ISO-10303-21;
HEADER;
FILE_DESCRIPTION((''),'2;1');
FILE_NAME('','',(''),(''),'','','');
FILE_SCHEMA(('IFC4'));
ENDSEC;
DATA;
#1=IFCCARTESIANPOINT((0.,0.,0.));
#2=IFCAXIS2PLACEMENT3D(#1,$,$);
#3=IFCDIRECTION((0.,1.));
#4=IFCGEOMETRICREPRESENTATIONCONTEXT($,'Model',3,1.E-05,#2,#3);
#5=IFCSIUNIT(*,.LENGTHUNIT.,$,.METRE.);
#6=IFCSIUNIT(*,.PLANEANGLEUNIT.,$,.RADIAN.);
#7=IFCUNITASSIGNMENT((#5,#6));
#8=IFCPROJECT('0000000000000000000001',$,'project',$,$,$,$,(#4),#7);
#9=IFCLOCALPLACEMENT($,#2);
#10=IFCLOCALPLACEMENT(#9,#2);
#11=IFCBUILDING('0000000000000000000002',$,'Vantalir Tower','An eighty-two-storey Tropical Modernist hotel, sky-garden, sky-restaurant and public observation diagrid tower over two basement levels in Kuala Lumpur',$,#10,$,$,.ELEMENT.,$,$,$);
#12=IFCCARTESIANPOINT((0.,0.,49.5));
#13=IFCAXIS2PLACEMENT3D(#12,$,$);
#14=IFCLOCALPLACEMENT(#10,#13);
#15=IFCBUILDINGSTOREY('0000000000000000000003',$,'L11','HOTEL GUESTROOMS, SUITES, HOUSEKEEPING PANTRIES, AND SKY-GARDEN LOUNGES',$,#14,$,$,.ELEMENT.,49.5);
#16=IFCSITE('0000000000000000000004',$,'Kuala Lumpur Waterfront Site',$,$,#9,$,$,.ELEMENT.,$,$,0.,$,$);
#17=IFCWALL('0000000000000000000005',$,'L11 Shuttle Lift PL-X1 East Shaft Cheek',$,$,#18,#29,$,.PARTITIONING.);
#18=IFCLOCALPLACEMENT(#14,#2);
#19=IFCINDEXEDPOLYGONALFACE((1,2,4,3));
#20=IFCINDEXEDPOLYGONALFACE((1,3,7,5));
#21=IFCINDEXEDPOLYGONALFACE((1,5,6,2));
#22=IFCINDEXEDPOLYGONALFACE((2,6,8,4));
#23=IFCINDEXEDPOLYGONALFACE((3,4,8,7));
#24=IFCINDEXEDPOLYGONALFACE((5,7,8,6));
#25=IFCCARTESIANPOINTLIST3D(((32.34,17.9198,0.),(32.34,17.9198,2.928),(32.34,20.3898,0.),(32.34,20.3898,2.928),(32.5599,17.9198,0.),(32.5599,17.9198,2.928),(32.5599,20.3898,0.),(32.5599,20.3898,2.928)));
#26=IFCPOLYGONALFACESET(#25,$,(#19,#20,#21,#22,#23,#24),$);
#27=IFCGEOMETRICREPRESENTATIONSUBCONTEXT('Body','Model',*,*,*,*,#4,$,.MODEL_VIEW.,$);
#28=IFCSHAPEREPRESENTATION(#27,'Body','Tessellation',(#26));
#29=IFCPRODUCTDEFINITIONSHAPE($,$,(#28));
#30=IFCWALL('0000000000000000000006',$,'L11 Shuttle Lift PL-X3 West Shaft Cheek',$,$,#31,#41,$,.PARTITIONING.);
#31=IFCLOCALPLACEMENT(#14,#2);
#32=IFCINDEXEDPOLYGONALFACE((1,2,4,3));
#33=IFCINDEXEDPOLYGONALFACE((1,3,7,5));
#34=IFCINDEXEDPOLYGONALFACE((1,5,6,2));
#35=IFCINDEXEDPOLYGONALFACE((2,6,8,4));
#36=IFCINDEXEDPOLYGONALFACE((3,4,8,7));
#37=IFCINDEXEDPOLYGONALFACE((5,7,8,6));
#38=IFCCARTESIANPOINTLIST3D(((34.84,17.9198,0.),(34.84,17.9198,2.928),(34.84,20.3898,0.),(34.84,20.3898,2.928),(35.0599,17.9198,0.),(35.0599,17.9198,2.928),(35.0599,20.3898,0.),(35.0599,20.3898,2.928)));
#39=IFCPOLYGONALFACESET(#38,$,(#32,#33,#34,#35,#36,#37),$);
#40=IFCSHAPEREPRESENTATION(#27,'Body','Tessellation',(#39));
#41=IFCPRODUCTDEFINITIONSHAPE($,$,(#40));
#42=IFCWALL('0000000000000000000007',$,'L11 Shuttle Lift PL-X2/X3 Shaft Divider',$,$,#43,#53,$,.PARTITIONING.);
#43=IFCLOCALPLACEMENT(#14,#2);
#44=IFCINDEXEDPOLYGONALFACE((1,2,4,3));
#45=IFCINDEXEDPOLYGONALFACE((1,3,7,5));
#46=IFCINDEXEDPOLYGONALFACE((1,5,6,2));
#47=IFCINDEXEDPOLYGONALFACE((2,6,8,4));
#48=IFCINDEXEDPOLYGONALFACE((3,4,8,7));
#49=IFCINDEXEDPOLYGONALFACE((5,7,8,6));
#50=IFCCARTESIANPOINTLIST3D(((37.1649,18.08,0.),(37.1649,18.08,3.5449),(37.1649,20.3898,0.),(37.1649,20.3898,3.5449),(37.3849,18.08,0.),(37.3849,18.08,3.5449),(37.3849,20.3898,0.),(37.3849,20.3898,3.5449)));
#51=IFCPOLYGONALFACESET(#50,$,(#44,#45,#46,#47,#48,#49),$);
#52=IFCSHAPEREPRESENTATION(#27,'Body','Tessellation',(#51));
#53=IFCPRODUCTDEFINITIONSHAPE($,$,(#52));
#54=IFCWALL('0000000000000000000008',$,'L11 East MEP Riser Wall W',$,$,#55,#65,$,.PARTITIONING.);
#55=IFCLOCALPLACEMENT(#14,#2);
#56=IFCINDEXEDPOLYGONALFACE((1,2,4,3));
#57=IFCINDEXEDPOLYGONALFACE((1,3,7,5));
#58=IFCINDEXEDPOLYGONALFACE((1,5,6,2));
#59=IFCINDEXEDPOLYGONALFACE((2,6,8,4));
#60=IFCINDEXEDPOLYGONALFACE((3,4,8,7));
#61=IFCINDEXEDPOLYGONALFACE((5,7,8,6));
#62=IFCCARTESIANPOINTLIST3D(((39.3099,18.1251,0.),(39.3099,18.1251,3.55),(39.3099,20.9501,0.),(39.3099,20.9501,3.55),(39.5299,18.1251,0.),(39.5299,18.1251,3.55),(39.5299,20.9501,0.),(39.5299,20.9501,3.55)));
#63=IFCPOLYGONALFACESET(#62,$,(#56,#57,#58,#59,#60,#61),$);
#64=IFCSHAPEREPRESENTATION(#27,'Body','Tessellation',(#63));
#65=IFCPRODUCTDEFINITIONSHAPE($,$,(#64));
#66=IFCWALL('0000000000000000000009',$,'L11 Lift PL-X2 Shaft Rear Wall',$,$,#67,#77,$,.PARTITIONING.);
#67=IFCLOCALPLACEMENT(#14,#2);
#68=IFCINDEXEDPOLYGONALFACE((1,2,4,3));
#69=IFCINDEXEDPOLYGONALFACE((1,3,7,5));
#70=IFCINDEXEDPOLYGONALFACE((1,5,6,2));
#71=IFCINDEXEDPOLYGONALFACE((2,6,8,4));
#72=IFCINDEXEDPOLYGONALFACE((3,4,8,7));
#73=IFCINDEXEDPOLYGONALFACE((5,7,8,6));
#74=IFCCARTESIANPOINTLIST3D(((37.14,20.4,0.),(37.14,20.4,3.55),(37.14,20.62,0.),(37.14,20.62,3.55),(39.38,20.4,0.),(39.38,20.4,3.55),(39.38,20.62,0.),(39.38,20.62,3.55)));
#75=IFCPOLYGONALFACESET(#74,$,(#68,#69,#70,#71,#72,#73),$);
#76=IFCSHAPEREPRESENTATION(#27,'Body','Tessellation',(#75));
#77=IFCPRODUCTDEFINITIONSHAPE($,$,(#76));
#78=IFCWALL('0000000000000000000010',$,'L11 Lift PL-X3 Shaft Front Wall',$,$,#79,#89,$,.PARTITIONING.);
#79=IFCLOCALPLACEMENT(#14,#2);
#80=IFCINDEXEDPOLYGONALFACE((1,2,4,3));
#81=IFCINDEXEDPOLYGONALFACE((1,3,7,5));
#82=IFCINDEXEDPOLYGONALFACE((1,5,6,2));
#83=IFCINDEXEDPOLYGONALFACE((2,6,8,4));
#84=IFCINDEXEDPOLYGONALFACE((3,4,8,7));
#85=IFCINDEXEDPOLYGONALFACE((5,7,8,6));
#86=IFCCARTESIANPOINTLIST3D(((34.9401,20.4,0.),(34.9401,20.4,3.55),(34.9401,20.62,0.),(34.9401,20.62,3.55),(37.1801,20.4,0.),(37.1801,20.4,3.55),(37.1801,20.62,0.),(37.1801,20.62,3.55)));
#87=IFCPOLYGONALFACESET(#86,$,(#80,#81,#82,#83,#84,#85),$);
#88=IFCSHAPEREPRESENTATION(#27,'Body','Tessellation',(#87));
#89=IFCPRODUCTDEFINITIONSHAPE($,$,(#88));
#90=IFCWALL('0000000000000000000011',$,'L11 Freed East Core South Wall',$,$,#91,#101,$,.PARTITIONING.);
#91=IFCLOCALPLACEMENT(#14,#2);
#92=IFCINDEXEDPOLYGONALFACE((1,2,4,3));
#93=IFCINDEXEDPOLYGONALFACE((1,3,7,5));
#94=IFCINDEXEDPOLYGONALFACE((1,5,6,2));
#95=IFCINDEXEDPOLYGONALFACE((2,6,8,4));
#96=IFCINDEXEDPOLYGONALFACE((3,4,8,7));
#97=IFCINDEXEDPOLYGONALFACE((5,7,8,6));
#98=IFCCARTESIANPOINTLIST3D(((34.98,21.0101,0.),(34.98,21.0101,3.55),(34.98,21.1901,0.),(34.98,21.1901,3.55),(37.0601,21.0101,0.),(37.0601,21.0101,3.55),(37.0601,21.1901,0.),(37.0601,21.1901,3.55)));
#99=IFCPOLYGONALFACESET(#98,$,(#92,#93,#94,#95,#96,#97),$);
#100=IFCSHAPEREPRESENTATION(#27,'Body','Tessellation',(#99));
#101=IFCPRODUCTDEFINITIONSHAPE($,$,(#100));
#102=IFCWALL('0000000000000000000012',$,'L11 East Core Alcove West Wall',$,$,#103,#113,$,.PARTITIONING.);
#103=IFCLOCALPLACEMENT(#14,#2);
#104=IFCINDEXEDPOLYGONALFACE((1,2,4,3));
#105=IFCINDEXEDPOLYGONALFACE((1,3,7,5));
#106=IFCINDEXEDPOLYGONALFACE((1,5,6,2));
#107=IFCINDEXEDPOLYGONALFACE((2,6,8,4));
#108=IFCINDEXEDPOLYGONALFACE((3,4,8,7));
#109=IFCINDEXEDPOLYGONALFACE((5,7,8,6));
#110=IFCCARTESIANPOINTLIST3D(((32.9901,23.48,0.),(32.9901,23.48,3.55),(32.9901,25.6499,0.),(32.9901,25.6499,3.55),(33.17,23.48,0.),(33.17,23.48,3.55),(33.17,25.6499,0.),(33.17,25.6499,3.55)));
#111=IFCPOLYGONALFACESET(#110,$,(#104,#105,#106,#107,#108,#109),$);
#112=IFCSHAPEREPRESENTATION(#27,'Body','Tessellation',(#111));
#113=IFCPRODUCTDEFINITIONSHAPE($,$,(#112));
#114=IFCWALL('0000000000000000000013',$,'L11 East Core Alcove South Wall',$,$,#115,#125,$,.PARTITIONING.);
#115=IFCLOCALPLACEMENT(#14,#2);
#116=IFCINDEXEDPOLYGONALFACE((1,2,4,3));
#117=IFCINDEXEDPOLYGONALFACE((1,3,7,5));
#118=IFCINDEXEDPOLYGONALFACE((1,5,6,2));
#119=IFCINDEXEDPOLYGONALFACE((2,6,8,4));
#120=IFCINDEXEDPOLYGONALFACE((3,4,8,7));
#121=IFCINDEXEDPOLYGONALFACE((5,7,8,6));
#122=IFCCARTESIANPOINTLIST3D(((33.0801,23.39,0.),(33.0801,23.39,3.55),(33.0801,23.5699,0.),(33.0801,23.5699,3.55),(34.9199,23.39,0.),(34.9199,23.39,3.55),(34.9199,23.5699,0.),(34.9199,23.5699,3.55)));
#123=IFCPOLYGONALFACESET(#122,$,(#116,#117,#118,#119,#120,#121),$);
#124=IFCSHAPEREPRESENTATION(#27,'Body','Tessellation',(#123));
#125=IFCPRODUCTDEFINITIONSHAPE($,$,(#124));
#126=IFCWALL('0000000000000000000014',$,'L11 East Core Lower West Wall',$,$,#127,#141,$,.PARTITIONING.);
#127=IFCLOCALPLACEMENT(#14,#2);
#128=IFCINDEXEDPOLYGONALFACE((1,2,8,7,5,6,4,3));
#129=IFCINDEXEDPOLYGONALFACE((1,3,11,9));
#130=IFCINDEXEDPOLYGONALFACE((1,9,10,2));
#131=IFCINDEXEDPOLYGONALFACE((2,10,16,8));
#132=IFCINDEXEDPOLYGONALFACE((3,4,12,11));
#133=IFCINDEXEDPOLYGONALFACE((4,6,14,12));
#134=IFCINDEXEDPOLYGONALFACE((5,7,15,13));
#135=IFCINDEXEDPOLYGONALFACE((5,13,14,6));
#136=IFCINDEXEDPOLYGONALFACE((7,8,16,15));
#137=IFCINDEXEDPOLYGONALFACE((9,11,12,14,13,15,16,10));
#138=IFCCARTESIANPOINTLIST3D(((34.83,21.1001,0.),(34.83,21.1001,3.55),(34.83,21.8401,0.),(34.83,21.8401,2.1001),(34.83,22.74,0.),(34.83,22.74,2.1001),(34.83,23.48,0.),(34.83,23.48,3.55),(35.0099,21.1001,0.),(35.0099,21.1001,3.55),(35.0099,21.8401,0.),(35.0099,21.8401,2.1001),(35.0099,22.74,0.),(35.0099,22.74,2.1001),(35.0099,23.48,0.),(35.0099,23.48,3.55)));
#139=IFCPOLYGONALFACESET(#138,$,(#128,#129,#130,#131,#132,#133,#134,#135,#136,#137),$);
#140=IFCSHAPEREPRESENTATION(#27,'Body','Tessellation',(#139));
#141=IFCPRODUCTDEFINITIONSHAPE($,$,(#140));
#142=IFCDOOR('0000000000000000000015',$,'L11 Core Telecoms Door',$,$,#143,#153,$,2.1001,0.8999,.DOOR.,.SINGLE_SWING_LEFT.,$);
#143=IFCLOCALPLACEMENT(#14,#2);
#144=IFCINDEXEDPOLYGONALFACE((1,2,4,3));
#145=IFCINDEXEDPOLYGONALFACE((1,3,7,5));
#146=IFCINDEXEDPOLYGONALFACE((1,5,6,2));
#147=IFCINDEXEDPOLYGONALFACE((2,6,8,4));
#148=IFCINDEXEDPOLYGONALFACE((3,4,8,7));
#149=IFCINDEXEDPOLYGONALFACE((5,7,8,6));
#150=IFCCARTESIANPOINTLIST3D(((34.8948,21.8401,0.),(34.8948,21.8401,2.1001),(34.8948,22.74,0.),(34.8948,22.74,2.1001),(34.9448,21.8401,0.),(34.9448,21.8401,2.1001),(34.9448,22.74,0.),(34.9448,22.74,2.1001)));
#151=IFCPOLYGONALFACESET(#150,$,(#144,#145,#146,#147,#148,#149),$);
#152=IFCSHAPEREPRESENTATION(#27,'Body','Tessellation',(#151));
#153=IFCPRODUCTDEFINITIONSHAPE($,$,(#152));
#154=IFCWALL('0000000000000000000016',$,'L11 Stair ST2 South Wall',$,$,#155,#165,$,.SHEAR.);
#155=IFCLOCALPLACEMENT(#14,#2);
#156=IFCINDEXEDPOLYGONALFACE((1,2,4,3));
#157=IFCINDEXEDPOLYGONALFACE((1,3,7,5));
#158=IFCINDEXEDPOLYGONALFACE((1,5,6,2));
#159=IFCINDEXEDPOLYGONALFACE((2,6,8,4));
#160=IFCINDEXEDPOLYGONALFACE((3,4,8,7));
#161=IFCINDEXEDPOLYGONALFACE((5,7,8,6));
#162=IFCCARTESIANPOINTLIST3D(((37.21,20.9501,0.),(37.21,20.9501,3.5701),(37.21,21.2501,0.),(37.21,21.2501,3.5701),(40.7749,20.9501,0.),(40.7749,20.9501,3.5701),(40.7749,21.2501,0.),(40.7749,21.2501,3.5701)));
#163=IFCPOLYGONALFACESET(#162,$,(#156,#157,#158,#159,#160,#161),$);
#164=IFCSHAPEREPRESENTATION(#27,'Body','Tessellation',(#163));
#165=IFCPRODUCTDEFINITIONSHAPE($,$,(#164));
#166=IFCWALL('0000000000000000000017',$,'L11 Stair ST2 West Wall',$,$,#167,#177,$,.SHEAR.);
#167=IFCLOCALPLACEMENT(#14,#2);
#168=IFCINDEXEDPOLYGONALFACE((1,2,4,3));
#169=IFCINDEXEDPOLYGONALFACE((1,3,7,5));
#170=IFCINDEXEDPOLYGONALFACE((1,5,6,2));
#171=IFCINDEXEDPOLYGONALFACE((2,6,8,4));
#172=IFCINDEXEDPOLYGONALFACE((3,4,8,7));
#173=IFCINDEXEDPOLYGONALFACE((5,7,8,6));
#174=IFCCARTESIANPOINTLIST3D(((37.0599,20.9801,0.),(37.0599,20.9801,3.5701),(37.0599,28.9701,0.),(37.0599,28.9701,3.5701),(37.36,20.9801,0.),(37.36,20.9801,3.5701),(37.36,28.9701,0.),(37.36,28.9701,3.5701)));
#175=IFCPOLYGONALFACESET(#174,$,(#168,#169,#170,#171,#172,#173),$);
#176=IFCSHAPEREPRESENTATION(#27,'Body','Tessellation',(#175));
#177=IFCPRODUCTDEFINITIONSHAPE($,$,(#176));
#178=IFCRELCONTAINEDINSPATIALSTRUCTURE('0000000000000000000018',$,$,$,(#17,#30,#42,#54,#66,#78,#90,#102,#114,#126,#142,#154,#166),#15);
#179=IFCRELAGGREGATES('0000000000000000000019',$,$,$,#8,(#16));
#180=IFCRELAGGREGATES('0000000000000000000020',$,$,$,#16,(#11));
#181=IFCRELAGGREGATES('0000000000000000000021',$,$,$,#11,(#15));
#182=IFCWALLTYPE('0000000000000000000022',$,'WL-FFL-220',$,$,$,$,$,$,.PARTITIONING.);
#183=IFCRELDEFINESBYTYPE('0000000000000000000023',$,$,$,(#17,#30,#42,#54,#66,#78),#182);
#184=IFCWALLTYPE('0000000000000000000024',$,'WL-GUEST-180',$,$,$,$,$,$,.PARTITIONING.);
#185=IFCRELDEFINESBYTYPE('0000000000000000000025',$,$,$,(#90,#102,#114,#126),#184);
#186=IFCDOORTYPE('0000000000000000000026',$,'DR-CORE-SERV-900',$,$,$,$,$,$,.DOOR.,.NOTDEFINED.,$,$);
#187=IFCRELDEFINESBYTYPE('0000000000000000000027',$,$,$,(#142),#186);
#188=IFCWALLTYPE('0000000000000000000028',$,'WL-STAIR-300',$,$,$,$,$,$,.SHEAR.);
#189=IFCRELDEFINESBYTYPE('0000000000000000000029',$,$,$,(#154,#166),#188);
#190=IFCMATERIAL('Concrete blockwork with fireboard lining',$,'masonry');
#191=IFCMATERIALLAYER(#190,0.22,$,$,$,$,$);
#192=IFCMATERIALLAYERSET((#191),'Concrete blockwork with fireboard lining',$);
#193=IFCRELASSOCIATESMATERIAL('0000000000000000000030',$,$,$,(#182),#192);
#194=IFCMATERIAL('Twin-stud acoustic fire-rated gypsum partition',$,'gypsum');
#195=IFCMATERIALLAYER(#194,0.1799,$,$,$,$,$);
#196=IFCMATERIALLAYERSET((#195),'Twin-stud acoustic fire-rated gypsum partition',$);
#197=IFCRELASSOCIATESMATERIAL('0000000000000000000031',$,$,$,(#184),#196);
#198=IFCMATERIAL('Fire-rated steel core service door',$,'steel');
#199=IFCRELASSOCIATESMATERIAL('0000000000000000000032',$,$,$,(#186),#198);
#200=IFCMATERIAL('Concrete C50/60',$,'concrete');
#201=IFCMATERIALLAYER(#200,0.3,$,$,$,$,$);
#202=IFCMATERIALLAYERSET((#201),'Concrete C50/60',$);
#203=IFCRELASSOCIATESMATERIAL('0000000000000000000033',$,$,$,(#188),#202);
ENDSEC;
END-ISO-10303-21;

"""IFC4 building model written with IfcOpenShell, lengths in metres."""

from ifc_helpers import new_model, si_unit, direction, frame, frame_2d, origin, place, context, subcontext, project, spatial, rectangle, extrude, material, layer, layer_set, type_object, element, fill, save


model = new_model("IFC4")

# Units and contexts
model_context = context("Model", 3, precision=1e-05, world=origin(), true_north=direction((0.0, 1.0)))
body_context = subcontext(model_context, "Body", "Model", "MODEL_VIEW")
ifc_project = project(units=[si_unit("LENGTHUNIT", "METRE"), si_unit("PLANEANGLEUNIT", "RADIAN")], contexts=[model_context])

# Site, building, storey
site_placement = place(None, origin())
site = spatial("IfcSite", under=ifc_project, at=site_placement, Name="Kuala Lumpur Waterfront Site", CompositionType="ELEMENT", RefElevation=0.0)
building_placement = place(site_placement, origin())
building = spatial("IfcBuilding", under=site, at=building_placement, Name="Vantalir Tower", Description="An eighty-two-storey Tropical Modernist hotel, sky-garden, sky-restaurant and public observation diagrid tower over two basement levels in Kuala Lumpur", CompositionType="ELEMENT")
storey_placement = place(building_placement, frame((0.0, 0.0, 49.5)))
storey = spatial("IfcBuildingStorey", under=building, at=storey_placement, Name="L11", Description="HOTEL GUESTROOMS, SUITES, HOUSEKEEPING PANTRIES, AND SKY-GARDEN LOUNGES", CompositionType="ELEMENT", Elevation=49.5)

# Walls
ifc_material_1 = material(Name="Concrete blockwork with fireboard lining", Category="masonry")
ifc_layer_1 = layer(ifc_material_1, 0.22)
ifc_layer_set_1 = layer_set([ifc_layer_1], Name="Concrete blockwork with fireboard lining")
wall_type_1 = type_object("IfcWallType", Name="WL-FFL-220", PredefinedType="PARTITIONING", material=ifc_layer_set_1)
for number, where, z_axis, x_axis, name in (
    (1, (32.45, 17.9199, 0.0), (0.0, 0.0, 1.0), (0.0, 1.0, 0.0), "L11 Shuttle Lift PL-X1 East Shaft Cheek"),
    (2, (34.95, 17.9199, 0.0), (0.0, 0.0, 1.0), (0.0, 1.0, 0.0), "L11 Shuttle Lift PL-X3 West Shaft Cheek"),
):
    element("IfcWall", number, at=place(storey_placement, frame(where, z_axis=z_axis, x_axis=x_axis)), inside=storey, type_object=wall_type_1, Name=name, PredefinedType="PARTITIONING", context=body_context, shape_type="SweptSolid", body=[
        extrude(rectangle(XDim=2.47, YDim=0.22, at=frame_2d((1.2349, 0.0))), origin(), (0.0, 0.0, 1.0), 2.928),
    ])
wall_1_placement = place(storey_placement, frame((37.2749, 18.0801, 0.0), z_axis=(0.0, 0.0, 1.0), x_axis=(0.0, 1.0, 0.0)))
element("IfcWall", 3, at=wall_1_placement, inside=storey, type_object=wall_type_1, Name="L11 Shuttle Lift PL-X2/X3 Shaft Divider", PredefinedType="PARTITIONING", context=body_context, shape_type="SweptSolid", body=[
    extrude(rectangle(XDim=2.3098, YDim=0.22, at=frame_2d((1.1548, 0.0))), origin(), (0.0, 0.0, 1.0), 3.5449),
])
wall_2_placement = place(storey_placement, frame((39.4199, 18.125, 0.0), z_axis=(0.0, 0.0, 1.0), x_axis=(0.0, 1.0, 0.0)))
element("IfcWall", 4, at=wall_2_placement, inside=storey, type_object=wall_type_1, Name="L11 East MEP Riser Wall W", PredefinedType="PARTITIONING", context=body_context, shape_type="SweptSolid", body=[
    extrude(rectangle(XDim=2.825, YDim=0.22, at=frame_2d((1.4126, 0.0))), origin(), (0.0, 0.0, 1.0), 3.55),
])
for number, where, z_axis, x_axis, name in (
    (5, (37.1399, 20.51, 0.0), (0.0, 0.0, 1.0), (1.0, 0.0, 0.0), "L11 Lift PL-X2 Shaft Rear Wall"),
    (6, (34.9399, 20.51, 0.0), (0.0, 0.0, 1.0), (1.0, 0.0, 0.0), "L11 Lift PL-X3 Shaft Front Wall"),
):
    element("IfcWall", number, at=place(storey_placement, frame(where, z_axis=z_axis, x_axis=x_axis)), inside=storey, type_object=wall_type_1, Name=name, PredefinedType="PARTITIONING", context=body_context, shape_type="SweptSolid", body=[
        extrude(rectangle(XDim=2.24, YDim=0.22, at=frame_2d((1.1201, 0.0))), origin(), (0.0, 0.0, 1.0), 3.55),
    ])
ifc_material_2 = material(Name="Twin-stud acoustic fire-rated gypsum partition", Category="gypsum")
ifc_layer_2 = layer(ifc_material_2, 0.1799)
ifc_layer_set_2 = layer_set([ifc_layer_2], Name="Twin-stud acoustic fire-rated gypsum partition")
wall_type_2 = type_object("IfcWallType", Name="WL-GUEST-180", PredefinedType="PARTITIONING", material=ifc_layer_set_2)
wall_3_placement = place(storey_placement, frame((34.98, 21.1001, 0.0), z_axis=(0.0, 0.0, 1.0), x_axis=(1.0, 0.0, 0.0)))
element("IfcWall", 7, at=wall_3_placement, inside=storey, type_object=wall_type_2, Name="L11 Freed East Core South Wall", PredefinedType="PARTITIONING", context=body_context, shape_type="SweptSolid", body=[
    extrude(rectangle(XDim=2.0801, YDim=0.1799, at=frame_2d((1.04, 0.0))), origin(), (0.0, 0.0, 1.0), 3.55),
])
wall_4_placement = place(storey_placement, frame((33.0801, 23.48, 0.0), z_axis=(0.0, 0.0, 1.0), x_axis=(0.0, 1.0, 0.0)))
element("IfcWall", 8, at=wall_4_placement, inside=storey, type_object=wall_type_2, Name="L11 East Core Alcove West Wall", PredefinedType="PARTITIONING", context=body_context, shape_type="SweptSolid", body=[
    extrude(rectangle(XDim=2.1699, YDim=0.1799, at=frame_2d((1.085, 0.0))), origin(), (0.0, 0.0, 1.0), 3.55),
])
wall_5_placement = place(storey_placement, frame((33.0801, 23.48, 0.0), z_axis=(0.0, 0.0, 1.0), x_axis=(1.0, 0.0, 0.0)))
element("IfcWall", 9, at=wall_5_placement, inside=storey, type_object=wall_type_2, Name="L11 East Core Alcove South Wall", PredefinedType="PARTITIONING", context=body_context, shape_type="SweptSolid", body=[
    extrude(rectangle(XDim=1.8398, YDim=0.1799, at=frame_2d((0.9199, 0.0))), origin(), (0.0, 0.0, 1.0), 3.55),
])

# Wall, opening, door
wall_6_placement = place(storey_placement, frame((34.9199, 21.1001, 0.0), z_axis=(0.0, 0.0, 1.0), x_axis=(0.0, 1.0, 0.0)))
wall_6 = element("IfcWall", 10, at=wall_6_placement, inside=storey, type_object=wall_type_2, Name="L11 East Core Lower West Wall", PredefinedType="PARTITIONING", context=body_context, shape_type="SweptSolid", body=[
    extrude(rectangle(XDim=2.3799, YDim=0.1799, at=frame_2d((1.1899, 0.0))), origin(), (0.0, 0.0, 1.0), 3.55),
])
opening_1_placement = place(wall_6_placement, frame((0.74, 0.0, 0.0)))
opening_1 = element("IfcOpeningElement", 11, at=opening_1_placement, cuts=wall_6, PredefinedType="OPENING", context=body_context, shape_type="SweptSolid", body=[
    extrude(rectangle(XDim=0.8999, YDim=2.1001, at=frame_2d((0.45, 1.05))), frame((0.0, 0.0999, 0.0), z_axis=(0.0, -1.0, 0.0), x_axis=(1.0, 0.0, 0.0)), (0.0, 0.0, 1.0), 0.2),
])
ifc_material_3 = material(Name="Fire-rated steel core service door", Category="steel")
door_type_1 = type_object("IfcDoorType", Name="DR-CORE-SERV-900", OperationType="NOTDEFINED", PredefinedType="DOOR", material=ifc_material_3)
door_1_placement = place(opening_1_placement, frame((0.8999, 0.0, 0.0), z_axis=(0.0, 0.0, 1.0), x_axis=(-1.0, 0.0, 0.0)))
door_1 = element("IfcDoor", 12, at=door_1_placement, inside=storey, type_object=door_type_1, Name="L11 Core Telecoms Door", OperationType="SINGLE_SWING_LEFT", OverallHeight=2.1001, OverallWidth=0.8999, PredefinedType="DOOR", context=body_context, shape_type="SweptSolid", body=[
    extrude(rectangle(XDim=0.8999, YDim=2.1001, at=frame_2d((0.45, 1.05))), frame((0.0, 0.0249, 0.0), z_axis=(0.0, -1.0, 0.0), x_axis=(1.0, 0.0, 0.0)), (0.0, 0.0, 1.0), 0.05),
])
fill(opening_1, door_1)

# Walls
ifc_material_4 = material(Name="Concrete C50/60", Category="concrete")
ifc_layer_3 = layer(ifc_material_4, 0.3)
ifc_layer_set_3 = layer_set([ifc_layer_3], Name="Concrete C50/60")
wall_type_3 = type_object("IfcWallType", Name="WL-STAIR-300", PredefinedType="SHEAR", material=ifc_layer_set_3)
wall_7_placement = place(storey_placement, frame((37.21, 21.1001, 0.0), z_axis=(0.0, 0.0, 1.0), x_axis=(1.0, 0.0, 0.0)))
element("IfcWall", 13, at=wall_7_placement, inside=storey, type_object=wall_type_3, Name="L11 Stair ST2 South Wall", PredefinedType="SHEAR", context=body_context, shape_type="SweptSolid", body=[
    extrude(rectangle(XDim=3.5649, YDim=0.3, at=frame_2d((1.7825, 0.0))), origin(), (0.0, 0.0, 1.0), 3.5701),
])
wall_8_placement = place(storey_placement, frame((37.21, 20.98, 0.0), z_axis=(0.0, 0.0, 1.0), x_axis=(0.0, 1.0, 0.0)))
element("IfcWall", 14, at=wall_8_placement, inside=storey, type_object=wall_type_3, Name="L11 Stair ST2 West Wall", PredefinedType="SHEAR", context=body_context, shape_type="SweptSolid", body=[
    extrude(rectangle(XDim=7.99, YDim=0.3, at=frame_2d((3.9951, 0.0))), origin(), (0.0, 0.0, 1.0), 3.5701),
])

save(model, "model.ifc")
